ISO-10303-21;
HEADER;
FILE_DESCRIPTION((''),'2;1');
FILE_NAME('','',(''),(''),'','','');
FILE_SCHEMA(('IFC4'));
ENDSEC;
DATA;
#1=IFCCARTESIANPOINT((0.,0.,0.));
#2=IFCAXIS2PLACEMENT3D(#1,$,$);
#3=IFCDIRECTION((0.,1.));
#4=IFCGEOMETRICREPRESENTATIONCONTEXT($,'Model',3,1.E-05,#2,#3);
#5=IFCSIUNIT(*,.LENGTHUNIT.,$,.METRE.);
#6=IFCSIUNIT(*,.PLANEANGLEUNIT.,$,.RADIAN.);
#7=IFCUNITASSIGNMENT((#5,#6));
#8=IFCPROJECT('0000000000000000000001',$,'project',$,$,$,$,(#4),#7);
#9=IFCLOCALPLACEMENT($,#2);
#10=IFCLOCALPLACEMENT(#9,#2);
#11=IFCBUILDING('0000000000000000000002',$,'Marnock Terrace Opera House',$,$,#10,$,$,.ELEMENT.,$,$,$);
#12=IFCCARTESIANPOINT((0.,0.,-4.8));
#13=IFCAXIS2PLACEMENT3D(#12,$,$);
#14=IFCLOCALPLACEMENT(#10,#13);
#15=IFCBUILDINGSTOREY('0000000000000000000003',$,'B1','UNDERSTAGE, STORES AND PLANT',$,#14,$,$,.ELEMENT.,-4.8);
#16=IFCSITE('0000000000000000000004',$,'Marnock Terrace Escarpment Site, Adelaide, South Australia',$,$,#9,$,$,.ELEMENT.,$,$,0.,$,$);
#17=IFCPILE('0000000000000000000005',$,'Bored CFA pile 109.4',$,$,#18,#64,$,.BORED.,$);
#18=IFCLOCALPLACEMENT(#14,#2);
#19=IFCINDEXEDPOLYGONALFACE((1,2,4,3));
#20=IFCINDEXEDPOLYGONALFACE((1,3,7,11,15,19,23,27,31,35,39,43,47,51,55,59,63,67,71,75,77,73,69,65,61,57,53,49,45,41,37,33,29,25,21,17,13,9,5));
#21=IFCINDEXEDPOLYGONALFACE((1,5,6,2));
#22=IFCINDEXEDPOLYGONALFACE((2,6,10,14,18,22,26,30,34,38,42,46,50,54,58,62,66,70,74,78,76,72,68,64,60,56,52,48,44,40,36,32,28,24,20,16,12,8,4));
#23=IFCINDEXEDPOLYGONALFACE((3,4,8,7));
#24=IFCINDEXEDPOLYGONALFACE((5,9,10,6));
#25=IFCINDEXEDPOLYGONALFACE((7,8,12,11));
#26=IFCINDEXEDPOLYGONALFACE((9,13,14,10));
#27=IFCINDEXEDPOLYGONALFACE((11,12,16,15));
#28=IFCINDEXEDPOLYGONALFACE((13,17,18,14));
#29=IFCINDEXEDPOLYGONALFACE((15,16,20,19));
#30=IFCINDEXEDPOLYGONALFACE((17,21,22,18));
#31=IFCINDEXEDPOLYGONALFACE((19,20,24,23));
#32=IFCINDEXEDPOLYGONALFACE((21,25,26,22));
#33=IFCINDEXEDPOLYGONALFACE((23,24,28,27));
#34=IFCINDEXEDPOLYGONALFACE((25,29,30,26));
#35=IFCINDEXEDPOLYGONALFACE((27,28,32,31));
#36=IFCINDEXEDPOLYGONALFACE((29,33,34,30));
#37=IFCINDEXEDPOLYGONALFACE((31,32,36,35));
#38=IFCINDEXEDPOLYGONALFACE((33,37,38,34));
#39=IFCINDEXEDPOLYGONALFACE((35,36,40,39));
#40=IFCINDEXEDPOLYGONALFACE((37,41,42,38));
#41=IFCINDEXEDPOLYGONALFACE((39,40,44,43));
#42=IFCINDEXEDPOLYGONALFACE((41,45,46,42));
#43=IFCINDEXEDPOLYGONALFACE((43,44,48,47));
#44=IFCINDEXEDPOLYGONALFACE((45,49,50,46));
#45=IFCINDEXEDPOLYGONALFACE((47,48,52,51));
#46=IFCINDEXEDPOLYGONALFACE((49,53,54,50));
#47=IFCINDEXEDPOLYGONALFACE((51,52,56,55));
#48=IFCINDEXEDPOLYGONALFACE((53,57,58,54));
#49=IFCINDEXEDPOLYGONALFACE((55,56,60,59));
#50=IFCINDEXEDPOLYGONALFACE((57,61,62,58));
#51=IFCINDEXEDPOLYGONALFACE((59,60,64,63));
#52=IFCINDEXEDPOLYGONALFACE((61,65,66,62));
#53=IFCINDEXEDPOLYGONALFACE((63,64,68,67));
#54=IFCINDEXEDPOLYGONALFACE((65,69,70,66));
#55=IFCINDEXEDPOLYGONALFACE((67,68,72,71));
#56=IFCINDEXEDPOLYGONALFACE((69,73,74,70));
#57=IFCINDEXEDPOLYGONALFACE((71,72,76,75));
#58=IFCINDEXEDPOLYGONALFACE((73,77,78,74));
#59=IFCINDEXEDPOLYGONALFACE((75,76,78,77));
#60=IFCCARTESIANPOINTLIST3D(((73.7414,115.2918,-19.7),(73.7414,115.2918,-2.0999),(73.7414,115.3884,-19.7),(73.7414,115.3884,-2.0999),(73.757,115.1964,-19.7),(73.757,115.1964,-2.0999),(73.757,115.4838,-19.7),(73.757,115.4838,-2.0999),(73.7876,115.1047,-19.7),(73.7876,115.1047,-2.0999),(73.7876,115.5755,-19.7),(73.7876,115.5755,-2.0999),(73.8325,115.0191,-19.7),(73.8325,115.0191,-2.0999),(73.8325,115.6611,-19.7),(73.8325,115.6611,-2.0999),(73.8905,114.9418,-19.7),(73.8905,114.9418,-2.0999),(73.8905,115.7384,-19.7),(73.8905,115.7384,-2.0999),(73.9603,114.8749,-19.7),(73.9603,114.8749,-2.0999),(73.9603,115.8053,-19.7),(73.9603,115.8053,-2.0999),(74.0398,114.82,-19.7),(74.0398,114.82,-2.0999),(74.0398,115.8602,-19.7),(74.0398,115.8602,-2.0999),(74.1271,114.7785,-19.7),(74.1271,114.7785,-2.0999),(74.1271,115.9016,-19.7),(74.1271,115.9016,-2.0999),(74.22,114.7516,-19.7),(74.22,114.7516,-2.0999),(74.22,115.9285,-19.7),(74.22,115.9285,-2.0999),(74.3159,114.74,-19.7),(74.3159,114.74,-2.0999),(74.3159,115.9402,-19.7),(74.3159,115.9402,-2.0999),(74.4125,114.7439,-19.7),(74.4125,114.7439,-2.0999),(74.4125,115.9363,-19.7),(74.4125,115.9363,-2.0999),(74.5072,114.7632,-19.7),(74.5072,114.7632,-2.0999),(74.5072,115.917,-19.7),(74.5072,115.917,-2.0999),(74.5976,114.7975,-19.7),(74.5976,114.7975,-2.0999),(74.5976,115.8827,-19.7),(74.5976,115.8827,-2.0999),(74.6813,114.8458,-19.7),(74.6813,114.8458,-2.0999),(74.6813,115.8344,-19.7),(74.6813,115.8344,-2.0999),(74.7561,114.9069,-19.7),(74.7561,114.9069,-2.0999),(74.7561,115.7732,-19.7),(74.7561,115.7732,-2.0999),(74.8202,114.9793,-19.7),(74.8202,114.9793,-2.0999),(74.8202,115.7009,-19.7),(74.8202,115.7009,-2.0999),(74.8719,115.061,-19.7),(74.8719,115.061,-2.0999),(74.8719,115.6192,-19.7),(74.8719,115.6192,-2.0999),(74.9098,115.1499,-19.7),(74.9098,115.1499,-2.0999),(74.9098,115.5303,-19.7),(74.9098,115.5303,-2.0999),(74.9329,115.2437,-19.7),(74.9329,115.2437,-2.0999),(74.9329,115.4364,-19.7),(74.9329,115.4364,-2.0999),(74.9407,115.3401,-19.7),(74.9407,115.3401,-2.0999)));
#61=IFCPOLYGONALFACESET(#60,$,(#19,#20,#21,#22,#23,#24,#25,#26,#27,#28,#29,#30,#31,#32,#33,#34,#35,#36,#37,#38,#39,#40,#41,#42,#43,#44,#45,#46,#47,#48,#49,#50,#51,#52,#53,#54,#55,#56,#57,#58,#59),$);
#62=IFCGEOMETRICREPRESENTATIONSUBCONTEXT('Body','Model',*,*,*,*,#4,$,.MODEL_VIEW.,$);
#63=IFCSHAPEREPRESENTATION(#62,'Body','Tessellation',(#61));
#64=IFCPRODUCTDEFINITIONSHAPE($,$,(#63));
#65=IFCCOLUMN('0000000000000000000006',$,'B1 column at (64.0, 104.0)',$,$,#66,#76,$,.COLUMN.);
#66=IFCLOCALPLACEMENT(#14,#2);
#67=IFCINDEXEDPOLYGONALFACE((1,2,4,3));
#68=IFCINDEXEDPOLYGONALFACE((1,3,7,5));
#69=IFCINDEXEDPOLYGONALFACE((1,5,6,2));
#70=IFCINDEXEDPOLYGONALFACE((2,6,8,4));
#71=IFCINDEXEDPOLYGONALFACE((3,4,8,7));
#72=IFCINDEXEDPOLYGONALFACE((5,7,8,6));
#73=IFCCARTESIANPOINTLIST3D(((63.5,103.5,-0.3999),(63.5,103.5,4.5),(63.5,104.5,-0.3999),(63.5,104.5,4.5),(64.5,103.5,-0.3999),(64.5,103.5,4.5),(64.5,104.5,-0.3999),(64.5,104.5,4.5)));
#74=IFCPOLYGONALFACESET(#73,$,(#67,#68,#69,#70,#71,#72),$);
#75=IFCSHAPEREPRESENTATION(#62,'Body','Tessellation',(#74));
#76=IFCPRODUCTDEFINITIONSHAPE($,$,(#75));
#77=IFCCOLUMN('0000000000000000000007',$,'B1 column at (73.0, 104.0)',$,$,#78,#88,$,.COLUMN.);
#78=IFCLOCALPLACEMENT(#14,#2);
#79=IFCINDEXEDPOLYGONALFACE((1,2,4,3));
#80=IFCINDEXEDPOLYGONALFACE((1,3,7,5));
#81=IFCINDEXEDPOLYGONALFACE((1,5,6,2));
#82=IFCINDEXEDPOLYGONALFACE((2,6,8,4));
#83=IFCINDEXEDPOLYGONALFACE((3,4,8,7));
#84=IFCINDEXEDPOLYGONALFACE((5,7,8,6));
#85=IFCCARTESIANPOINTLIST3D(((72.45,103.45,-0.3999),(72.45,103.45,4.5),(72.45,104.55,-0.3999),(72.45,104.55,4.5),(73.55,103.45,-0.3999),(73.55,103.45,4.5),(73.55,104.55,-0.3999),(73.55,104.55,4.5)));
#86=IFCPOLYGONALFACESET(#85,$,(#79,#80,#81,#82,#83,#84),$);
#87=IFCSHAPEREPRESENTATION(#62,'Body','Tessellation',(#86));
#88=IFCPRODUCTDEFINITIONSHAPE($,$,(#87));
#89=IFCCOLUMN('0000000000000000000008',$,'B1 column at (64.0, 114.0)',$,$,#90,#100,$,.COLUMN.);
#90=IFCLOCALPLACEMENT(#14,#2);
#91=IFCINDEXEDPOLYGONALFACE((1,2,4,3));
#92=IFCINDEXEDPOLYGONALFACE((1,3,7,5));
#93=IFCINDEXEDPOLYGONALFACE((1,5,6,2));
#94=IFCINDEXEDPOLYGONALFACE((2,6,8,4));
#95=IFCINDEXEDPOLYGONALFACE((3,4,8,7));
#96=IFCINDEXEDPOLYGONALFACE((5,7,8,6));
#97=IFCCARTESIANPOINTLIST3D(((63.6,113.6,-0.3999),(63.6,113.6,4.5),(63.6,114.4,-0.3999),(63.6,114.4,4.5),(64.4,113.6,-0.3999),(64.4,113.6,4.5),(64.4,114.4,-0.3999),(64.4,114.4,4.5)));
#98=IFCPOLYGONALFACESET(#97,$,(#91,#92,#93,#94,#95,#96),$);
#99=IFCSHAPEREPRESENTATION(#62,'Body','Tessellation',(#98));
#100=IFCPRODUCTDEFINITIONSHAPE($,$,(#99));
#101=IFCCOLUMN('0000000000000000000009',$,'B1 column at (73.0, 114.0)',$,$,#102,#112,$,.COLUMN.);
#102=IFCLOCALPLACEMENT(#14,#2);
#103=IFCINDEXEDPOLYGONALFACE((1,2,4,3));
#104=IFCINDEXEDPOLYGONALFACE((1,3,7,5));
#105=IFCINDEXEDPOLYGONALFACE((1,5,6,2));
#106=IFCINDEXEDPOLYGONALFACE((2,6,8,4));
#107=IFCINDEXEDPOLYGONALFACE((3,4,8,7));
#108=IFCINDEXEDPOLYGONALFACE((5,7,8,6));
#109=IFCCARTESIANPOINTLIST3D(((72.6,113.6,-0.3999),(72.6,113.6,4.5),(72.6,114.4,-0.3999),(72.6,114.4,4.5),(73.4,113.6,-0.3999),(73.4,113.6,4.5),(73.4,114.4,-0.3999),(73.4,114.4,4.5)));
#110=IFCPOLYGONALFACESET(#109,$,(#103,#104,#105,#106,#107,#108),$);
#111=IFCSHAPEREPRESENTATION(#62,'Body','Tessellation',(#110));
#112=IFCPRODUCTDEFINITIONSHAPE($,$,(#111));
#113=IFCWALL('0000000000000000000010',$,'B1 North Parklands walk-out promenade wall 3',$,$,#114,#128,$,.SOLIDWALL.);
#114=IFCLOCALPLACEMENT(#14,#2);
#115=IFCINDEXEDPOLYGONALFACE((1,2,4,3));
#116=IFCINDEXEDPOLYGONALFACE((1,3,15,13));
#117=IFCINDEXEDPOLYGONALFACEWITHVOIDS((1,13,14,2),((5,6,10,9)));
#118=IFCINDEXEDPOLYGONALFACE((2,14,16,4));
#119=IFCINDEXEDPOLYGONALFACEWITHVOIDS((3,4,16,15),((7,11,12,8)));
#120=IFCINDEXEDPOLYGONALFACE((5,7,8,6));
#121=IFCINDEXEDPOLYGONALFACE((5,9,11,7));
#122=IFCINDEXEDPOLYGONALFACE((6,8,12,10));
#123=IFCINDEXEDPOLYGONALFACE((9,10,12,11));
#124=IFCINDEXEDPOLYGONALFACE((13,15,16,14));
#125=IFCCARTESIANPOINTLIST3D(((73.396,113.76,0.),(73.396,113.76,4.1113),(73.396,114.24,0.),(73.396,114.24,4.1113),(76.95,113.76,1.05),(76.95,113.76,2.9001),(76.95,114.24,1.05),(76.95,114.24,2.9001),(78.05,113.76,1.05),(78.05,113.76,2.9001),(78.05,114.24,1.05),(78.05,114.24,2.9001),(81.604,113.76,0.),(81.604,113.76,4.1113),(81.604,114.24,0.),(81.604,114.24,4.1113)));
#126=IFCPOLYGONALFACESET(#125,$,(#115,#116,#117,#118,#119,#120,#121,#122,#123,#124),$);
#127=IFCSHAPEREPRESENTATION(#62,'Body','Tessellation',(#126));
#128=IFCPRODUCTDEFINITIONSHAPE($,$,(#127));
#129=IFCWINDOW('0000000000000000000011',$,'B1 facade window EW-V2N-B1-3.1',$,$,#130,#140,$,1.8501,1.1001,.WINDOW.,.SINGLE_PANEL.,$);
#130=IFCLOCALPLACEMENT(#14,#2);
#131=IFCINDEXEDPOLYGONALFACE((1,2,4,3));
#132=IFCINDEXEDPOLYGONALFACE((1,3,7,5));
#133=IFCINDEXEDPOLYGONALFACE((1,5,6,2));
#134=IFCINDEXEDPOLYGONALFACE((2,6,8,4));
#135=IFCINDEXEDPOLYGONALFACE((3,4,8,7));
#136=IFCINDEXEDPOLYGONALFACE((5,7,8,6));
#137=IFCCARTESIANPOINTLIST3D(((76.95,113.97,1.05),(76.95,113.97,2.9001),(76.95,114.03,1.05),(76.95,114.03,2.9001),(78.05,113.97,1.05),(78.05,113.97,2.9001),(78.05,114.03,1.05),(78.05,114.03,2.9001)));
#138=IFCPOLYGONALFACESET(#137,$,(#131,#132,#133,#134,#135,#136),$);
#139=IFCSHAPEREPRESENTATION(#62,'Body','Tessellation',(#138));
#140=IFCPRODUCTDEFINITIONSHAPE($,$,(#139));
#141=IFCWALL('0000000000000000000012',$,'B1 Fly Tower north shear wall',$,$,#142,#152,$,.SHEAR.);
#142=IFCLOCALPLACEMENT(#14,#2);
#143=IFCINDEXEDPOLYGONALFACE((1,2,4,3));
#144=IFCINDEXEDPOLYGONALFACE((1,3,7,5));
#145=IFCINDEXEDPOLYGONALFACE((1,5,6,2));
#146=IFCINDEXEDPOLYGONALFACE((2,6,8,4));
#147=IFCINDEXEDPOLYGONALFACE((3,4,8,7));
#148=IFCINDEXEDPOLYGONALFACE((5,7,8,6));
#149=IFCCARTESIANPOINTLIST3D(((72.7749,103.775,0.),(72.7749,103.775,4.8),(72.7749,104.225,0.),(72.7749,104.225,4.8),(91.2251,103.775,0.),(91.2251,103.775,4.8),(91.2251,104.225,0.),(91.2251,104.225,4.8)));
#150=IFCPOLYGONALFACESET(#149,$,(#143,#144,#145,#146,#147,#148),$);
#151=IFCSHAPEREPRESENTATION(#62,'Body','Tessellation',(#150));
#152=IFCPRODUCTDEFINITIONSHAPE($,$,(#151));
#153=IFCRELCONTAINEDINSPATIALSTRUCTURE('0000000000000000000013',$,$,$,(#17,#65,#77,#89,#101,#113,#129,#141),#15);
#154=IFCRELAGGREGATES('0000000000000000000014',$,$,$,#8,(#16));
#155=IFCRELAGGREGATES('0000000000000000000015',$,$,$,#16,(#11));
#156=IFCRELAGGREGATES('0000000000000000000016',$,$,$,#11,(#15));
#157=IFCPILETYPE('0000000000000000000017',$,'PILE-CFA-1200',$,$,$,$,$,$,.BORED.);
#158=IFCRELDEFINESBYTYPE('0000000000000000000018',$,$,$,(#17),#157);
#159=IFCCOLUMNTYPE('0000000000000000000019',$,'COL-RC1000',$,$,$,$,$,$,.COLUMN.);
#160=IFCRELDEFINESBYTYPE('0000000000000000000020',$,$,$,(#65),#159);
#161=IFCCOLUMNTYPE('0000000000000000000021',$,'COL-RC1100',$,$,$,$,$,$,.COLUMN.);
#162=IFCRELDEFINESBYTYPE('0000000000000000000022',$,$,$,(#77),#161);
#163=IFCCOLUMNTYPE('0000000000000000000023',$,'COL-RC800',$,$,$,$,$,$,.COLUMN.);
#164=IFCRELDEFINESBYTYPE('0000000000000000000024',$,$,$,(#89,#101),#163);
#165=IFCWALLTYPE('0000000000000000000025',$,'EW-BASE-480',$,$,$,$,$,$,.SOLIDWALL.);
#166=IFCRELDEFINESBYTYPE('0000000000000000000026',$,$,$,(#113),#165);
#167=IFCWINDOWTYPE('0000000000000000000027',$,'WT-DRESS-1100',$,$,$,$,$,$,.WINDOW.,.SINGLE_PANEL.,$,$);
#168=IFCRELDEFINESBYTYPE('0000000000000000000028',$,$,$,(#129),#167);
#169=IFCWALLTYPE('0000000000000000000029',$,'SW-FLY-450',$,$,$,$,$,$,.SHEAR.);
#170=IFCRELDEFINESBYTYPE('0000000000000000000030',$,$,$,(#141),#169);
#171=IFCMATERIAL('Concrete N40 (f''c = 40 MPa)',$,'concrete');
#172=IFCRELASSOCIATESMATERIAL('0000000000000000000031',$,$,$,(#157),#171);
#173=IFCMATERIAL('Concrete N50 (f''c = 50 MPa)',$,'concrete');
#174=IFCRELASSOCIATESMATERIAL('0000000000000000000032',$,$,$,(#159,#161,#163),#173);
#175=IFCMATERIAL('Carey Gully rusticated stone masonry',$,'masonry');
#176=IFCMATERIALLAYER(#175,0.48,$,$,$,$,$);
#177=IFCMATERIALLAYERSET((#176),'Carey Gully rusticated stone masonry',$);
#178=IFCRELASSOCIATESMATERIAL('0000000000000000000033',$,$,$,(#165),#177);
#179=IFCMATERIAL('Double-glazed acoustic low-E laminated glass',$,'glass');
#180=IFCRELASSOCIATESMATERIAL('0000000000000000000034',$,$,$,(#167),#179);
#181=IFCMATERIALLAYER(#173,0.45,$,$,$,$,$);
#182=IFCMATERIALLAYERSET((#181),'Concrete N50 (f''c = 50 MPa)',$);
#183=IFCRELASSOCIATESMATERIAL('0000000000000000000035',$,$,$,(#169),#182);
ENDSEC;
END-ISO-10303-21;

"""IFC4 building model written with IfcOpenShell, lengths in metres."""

from ifc_helpers import new_model, si_unit, direction, frame, frame_2d, origin, origin_2d, place, context, subcontext, project, spatial, rectangle, circle, extrude, material, layer, layer_set, material_profile, profile_set, type_object, element, fill, save


model = new_model("IFC4")

# Units and contexts
model_context = context("Model", 3, precision=1e-05, world=origin(), true_north=direction((0.0, 1.0)))
body_context = subcontext(model_context, "Body", "Model", "MODEL_VIEW")
ifc_project = project(units=[si_unit("LENGTHUNIT", "METRE"), si_unit("PLANEANGLEUNIT", "RADIAN")], contexts=[model_context])

# Site, building, storey
site_placement = place(None, origin())
site = spatial("IfcSite", under=ifc_project, at=site_placement, Name="Marnock Terrace Escarpment Site, Adelaide, South Australia", CompositionType="ELEMENT", RefElevation=0.0)
building_placement = place(site_placement, origin())
building = spatial("IfcBuilding", under=site, at=building_placement, Name="Marnock Terrace Opera House", CompositionType="ELEMENT")
storey_placement = place(building_placement, frame((0.0, 0.0, -4.8)))
storey = spatial("IfcBuildingStorey", under=building, at=storey_placement, Name="B1", Description="UNDERSTAGE, STORES AND PLANT", CompositionType="ELEMENT", Elevation=-4.8)

# Shared definitions
ifc_material_1 = material(Name="Concrete N40 (f'c = 40 MPa)", Category="concrete")

# Pile
ifc_material_profile_1 = material_profile(ifc_material_1, circle(Radius=0.6006, at=origin_2d()))
ifc_profile_set_1 = profile_set([ifc_material_profile_1], Name="Concrete N40 (f'c = 40 MPa)")
pile_type = type_object("IfcPileType", Name="PILE-CFA-1200", PredefinedType="BORED", material=ifc_profile_set_1)
for number, where, z_axis, x_axis, name in (
    (1, (74.3401, 115.3401, -2.0999), (0.0, 0.0, -1.0), (1.0, 0.0, 0.0), "Bored CFA pile 109.4"),
):
    element("IfcPile", number, at=place(storey_placement, frame(where, z_axis=z_axis, x_axis=x_axis)), inside=storey, type_object=pile_type, Name=name, PredefinedType="BORED", context=body_context, shape_type="SweptSolid", body=[
        extrude(circle(Radius=0.6006, at=origin_2d()), origin(), (0.0, 0.0, 1.0), 17.6001),
    ])

# Columns
ifc_material_2 = material(Name="Concrete N50 (f'c = 50 MPa)", Category="concrete")
ifc_material_profile_2 = material_profile(ifc_material_2, rectangle(XDim=1.0, YDim=1.0, at=origin_2d()))
ifc_profile_set_2 = profile_set([ifc_material_profile_2], Name="Concrete N50 (f'c = 50 MPa)")
column_type_1 = type_object("IfcColumnType", Name="COL-RC1000", PredefinedType="COLUMN", material=ifc_profile_set_2)
column_1_placement = place(storey_placement, frame((64.0, 104.0, -0.3999), z_axis=(0.0, 0.0, 1.0), x_axis=(1.0, 0.0, 0.0)))
element("IfcColumn", 2, at=column_1_placement, inside=storey, type_object=column_type_1, Name="B1 column at (64.0, 104.0)", PredefinedType="COLUMN", context=body_context, shape_type="SweptSolid", body=[
    extrude(rectangle(XDim=1.0, YDim=1.0, at=origin_2d()), origin(), (0.0, 0.0, 1.0), 4.8999),
])
ifc_material_profile_3 = material_profile(ifc_material_2, rectangle(XDim=1.1001, YDim=1.1001, at=origin_2d()))
ifc_profile_set_3 = profile_set([ifc_material_profile_3], Name="Concrete N50 (f'c = 50 MPa)")
column_type_2 = type_object("IfcColumnType", Name="COL-RC1100", PredefinedType="COLUMN", material=ifc_profile_set_3)
column_2_placement = place(storey_placement, frame((73.0, 104.0, -0.3999), z_axis=(0.0, 0.0, 1.0), x_axis=(1.0, 0.0, 0.0)))
element("IfcColumn", 3, at=column_2_placement, inside=storey, type_object=column_type_2, Name="B1 column at (73.0, 104.0)", PredefinedType="COLUMN", context=body_context, shape_type="SweptSolid", body=[
    extrude(rectangle(XDim=1.1001, YDim=1.1001, at=origin_2d()), origin(), (0.0, 0.0, 1.0), 4.8999),
])
ifc_material_profile_4 = material_profile(ifc_material_2, rectangle(XDim=0.8, YDim=0.8, at=origin_2d()))
ifc_profile_set_4 = profile_set([ifc_material_profile_4], Name="Concrete N50 (f'c = 50 MPa)")
column_type_3 = type_object("IfcColumnType", Name="COL-RC800", PredefinedType="COLUMN", material=ifc_profile_set_4)
for number, where, z_axis, x_axis, name in (
    (4, (64.0, 114.0, -0.3999), (0.0, 0.0, 1.0), (1.0, 0.0, 0.0), "B1 column at (64.0, 114.0)"),
    (5, (73.0, 114.0, -0.3999), (0.0, 0.0, 1.0), (1.0, 0.0, 0.0), "B1 column at (73.0, 114.0)"),
):
    element("IfcColumn", number, at=place(storey_placement, frame(where, z_axis=z_axis, x_axis=x_axis)), inside=storey, type_object=column_type_3, Name=name, PredefinedType="COLUMN", context=body_context, shape_type="SweptSolid", body=[
        extrude(rectangle(XDim=0.8, YDim=0.8, at=origin_2d()), origin(), (0.0, 0.0, 1.0), 4.8999),
    ])

# Shared definitions
ifc_material_3 = material(Name="Carey Gully rusticated stone masonry", Category="masonry")
ifc_layer_1 = layer(ifc_material_3, 0.48)
ifc_layer_set_1 = layer_set([ifc_layer_1], Name="Carey Gully rusticated stone masonry")
wall_type_1 = type_object("IfcWallType", Name="EW-BASE-480", PredefinedType="SOLIDWALL", material=ifc_layer_set_1)

# Wall, opening, window
wall_1_placement = place(storey_placement, frame((73.396, 114.0, 0.0), z_axis=(0.0, 0.0, 1.0), x_axis=(1.0, 0.0, 0.0)))
wall_1 = element("IfcWall", 6, at=wall_1_placement, inside=storey, type_object=wall_type_1, Name="B1 North Parklands walk-out promenade wall 3", PredefinedType="SOLIDWALL", context=body_context, shape_type="SweptSolid", body=[
    extrude(rectangle(XDim=8.208, YDim=0.48, at=frame_2d((4.104, 0.0))), origin(), (0.0, 0.0, 1.0), 4.1113),
])
opening_1_placement = place(wall_1_placement, frame((3.554, 0.0, 1.05)))
opening_1 = element("IfcOpeningElement", 7, at=opening_1_placement, cuts=wall_1, PredefinedType="OPENING", context=body_context, shape_type="SweptSolid", body=[
    extrude(rectangle(XDim=1.1001, YDim=1.8501, at=frame_2d((0.55, 0.925))), frame((0.0, 0.25, 0.0), z_axis=(0.0, -1.0, 0.0), x_axis=(1.0, 0.0, 0.0)), (0.0, 0.0, 1.0), 0.5),
])
ifc_material_4 = material(Name="Double-glazed acoustic low-E laminated glass", Category="glass")
window_type = type_object("IfcWindowType", Name="WT-DRESS-1100", PartitioningType="SINGLE_PANEL", PredefinedType="WINDOW", material=ifc_material_4)
window_placement = place(opening_1_placement, origin())
window = element("IfcWindow", 8, at=window_placement, inside=storey, type_object=window_type, Name="B1 facade window EW-V2N-B1-3.1", OverallHeight=1.8501, OverallWidth=1.1001, PartitioningType="SINGLE_PANEL", PredefinedType="WINDOW", context=body_context, shape_type="SweptSolid", body=[
    extrude(rectangle(XDim=1.1001, YDim=1.8501, at=frame_2d((0.55, 0.925))), frame((0.0, 0.03, 0.0), z_axis=(0.0, -1.0, 0.0), x_axis=(1.0, 0.0, 0.0)), (0.0, 0.0, 1.0), 0.0601),
])
fill(opening_1, window)

# Wall
ifc_layer_2 = layer(ifc_material_2, 0.45)
ifc_layer_set_2 = layer_set([ifc_layer_2], Name="Concrete N50 (f'c = 50 MPa)")
wall_type_2 = type_object("IfcWallType", Name="SW-FLY-450", PredefinedType="SHEAR", material=ifc_layer_set_2)
wall_2_placement = place(storey_placement, frame((72.7749, 104.0, 0.0), z_axis=(0.0, 0.0, 1.0), x_axis=(1.0, 0.0, 0.0)))
element("IfcWall", 9, at=wall_2_placement, inside=storey, type_object=wall_type_2, Name="B1 Fly Tower north shear wall", PredefinedType="SHEAR", context=body_context, shape_type="SweptSolid", body=[
    extrude(rectangle(XDim=18.4502, YDim=0.45, at=frame_2d((9.2251, 0.0))), origin(), (0.0, 0.0, 1.0), 4.8),
])

save(model, "model.ifc")
